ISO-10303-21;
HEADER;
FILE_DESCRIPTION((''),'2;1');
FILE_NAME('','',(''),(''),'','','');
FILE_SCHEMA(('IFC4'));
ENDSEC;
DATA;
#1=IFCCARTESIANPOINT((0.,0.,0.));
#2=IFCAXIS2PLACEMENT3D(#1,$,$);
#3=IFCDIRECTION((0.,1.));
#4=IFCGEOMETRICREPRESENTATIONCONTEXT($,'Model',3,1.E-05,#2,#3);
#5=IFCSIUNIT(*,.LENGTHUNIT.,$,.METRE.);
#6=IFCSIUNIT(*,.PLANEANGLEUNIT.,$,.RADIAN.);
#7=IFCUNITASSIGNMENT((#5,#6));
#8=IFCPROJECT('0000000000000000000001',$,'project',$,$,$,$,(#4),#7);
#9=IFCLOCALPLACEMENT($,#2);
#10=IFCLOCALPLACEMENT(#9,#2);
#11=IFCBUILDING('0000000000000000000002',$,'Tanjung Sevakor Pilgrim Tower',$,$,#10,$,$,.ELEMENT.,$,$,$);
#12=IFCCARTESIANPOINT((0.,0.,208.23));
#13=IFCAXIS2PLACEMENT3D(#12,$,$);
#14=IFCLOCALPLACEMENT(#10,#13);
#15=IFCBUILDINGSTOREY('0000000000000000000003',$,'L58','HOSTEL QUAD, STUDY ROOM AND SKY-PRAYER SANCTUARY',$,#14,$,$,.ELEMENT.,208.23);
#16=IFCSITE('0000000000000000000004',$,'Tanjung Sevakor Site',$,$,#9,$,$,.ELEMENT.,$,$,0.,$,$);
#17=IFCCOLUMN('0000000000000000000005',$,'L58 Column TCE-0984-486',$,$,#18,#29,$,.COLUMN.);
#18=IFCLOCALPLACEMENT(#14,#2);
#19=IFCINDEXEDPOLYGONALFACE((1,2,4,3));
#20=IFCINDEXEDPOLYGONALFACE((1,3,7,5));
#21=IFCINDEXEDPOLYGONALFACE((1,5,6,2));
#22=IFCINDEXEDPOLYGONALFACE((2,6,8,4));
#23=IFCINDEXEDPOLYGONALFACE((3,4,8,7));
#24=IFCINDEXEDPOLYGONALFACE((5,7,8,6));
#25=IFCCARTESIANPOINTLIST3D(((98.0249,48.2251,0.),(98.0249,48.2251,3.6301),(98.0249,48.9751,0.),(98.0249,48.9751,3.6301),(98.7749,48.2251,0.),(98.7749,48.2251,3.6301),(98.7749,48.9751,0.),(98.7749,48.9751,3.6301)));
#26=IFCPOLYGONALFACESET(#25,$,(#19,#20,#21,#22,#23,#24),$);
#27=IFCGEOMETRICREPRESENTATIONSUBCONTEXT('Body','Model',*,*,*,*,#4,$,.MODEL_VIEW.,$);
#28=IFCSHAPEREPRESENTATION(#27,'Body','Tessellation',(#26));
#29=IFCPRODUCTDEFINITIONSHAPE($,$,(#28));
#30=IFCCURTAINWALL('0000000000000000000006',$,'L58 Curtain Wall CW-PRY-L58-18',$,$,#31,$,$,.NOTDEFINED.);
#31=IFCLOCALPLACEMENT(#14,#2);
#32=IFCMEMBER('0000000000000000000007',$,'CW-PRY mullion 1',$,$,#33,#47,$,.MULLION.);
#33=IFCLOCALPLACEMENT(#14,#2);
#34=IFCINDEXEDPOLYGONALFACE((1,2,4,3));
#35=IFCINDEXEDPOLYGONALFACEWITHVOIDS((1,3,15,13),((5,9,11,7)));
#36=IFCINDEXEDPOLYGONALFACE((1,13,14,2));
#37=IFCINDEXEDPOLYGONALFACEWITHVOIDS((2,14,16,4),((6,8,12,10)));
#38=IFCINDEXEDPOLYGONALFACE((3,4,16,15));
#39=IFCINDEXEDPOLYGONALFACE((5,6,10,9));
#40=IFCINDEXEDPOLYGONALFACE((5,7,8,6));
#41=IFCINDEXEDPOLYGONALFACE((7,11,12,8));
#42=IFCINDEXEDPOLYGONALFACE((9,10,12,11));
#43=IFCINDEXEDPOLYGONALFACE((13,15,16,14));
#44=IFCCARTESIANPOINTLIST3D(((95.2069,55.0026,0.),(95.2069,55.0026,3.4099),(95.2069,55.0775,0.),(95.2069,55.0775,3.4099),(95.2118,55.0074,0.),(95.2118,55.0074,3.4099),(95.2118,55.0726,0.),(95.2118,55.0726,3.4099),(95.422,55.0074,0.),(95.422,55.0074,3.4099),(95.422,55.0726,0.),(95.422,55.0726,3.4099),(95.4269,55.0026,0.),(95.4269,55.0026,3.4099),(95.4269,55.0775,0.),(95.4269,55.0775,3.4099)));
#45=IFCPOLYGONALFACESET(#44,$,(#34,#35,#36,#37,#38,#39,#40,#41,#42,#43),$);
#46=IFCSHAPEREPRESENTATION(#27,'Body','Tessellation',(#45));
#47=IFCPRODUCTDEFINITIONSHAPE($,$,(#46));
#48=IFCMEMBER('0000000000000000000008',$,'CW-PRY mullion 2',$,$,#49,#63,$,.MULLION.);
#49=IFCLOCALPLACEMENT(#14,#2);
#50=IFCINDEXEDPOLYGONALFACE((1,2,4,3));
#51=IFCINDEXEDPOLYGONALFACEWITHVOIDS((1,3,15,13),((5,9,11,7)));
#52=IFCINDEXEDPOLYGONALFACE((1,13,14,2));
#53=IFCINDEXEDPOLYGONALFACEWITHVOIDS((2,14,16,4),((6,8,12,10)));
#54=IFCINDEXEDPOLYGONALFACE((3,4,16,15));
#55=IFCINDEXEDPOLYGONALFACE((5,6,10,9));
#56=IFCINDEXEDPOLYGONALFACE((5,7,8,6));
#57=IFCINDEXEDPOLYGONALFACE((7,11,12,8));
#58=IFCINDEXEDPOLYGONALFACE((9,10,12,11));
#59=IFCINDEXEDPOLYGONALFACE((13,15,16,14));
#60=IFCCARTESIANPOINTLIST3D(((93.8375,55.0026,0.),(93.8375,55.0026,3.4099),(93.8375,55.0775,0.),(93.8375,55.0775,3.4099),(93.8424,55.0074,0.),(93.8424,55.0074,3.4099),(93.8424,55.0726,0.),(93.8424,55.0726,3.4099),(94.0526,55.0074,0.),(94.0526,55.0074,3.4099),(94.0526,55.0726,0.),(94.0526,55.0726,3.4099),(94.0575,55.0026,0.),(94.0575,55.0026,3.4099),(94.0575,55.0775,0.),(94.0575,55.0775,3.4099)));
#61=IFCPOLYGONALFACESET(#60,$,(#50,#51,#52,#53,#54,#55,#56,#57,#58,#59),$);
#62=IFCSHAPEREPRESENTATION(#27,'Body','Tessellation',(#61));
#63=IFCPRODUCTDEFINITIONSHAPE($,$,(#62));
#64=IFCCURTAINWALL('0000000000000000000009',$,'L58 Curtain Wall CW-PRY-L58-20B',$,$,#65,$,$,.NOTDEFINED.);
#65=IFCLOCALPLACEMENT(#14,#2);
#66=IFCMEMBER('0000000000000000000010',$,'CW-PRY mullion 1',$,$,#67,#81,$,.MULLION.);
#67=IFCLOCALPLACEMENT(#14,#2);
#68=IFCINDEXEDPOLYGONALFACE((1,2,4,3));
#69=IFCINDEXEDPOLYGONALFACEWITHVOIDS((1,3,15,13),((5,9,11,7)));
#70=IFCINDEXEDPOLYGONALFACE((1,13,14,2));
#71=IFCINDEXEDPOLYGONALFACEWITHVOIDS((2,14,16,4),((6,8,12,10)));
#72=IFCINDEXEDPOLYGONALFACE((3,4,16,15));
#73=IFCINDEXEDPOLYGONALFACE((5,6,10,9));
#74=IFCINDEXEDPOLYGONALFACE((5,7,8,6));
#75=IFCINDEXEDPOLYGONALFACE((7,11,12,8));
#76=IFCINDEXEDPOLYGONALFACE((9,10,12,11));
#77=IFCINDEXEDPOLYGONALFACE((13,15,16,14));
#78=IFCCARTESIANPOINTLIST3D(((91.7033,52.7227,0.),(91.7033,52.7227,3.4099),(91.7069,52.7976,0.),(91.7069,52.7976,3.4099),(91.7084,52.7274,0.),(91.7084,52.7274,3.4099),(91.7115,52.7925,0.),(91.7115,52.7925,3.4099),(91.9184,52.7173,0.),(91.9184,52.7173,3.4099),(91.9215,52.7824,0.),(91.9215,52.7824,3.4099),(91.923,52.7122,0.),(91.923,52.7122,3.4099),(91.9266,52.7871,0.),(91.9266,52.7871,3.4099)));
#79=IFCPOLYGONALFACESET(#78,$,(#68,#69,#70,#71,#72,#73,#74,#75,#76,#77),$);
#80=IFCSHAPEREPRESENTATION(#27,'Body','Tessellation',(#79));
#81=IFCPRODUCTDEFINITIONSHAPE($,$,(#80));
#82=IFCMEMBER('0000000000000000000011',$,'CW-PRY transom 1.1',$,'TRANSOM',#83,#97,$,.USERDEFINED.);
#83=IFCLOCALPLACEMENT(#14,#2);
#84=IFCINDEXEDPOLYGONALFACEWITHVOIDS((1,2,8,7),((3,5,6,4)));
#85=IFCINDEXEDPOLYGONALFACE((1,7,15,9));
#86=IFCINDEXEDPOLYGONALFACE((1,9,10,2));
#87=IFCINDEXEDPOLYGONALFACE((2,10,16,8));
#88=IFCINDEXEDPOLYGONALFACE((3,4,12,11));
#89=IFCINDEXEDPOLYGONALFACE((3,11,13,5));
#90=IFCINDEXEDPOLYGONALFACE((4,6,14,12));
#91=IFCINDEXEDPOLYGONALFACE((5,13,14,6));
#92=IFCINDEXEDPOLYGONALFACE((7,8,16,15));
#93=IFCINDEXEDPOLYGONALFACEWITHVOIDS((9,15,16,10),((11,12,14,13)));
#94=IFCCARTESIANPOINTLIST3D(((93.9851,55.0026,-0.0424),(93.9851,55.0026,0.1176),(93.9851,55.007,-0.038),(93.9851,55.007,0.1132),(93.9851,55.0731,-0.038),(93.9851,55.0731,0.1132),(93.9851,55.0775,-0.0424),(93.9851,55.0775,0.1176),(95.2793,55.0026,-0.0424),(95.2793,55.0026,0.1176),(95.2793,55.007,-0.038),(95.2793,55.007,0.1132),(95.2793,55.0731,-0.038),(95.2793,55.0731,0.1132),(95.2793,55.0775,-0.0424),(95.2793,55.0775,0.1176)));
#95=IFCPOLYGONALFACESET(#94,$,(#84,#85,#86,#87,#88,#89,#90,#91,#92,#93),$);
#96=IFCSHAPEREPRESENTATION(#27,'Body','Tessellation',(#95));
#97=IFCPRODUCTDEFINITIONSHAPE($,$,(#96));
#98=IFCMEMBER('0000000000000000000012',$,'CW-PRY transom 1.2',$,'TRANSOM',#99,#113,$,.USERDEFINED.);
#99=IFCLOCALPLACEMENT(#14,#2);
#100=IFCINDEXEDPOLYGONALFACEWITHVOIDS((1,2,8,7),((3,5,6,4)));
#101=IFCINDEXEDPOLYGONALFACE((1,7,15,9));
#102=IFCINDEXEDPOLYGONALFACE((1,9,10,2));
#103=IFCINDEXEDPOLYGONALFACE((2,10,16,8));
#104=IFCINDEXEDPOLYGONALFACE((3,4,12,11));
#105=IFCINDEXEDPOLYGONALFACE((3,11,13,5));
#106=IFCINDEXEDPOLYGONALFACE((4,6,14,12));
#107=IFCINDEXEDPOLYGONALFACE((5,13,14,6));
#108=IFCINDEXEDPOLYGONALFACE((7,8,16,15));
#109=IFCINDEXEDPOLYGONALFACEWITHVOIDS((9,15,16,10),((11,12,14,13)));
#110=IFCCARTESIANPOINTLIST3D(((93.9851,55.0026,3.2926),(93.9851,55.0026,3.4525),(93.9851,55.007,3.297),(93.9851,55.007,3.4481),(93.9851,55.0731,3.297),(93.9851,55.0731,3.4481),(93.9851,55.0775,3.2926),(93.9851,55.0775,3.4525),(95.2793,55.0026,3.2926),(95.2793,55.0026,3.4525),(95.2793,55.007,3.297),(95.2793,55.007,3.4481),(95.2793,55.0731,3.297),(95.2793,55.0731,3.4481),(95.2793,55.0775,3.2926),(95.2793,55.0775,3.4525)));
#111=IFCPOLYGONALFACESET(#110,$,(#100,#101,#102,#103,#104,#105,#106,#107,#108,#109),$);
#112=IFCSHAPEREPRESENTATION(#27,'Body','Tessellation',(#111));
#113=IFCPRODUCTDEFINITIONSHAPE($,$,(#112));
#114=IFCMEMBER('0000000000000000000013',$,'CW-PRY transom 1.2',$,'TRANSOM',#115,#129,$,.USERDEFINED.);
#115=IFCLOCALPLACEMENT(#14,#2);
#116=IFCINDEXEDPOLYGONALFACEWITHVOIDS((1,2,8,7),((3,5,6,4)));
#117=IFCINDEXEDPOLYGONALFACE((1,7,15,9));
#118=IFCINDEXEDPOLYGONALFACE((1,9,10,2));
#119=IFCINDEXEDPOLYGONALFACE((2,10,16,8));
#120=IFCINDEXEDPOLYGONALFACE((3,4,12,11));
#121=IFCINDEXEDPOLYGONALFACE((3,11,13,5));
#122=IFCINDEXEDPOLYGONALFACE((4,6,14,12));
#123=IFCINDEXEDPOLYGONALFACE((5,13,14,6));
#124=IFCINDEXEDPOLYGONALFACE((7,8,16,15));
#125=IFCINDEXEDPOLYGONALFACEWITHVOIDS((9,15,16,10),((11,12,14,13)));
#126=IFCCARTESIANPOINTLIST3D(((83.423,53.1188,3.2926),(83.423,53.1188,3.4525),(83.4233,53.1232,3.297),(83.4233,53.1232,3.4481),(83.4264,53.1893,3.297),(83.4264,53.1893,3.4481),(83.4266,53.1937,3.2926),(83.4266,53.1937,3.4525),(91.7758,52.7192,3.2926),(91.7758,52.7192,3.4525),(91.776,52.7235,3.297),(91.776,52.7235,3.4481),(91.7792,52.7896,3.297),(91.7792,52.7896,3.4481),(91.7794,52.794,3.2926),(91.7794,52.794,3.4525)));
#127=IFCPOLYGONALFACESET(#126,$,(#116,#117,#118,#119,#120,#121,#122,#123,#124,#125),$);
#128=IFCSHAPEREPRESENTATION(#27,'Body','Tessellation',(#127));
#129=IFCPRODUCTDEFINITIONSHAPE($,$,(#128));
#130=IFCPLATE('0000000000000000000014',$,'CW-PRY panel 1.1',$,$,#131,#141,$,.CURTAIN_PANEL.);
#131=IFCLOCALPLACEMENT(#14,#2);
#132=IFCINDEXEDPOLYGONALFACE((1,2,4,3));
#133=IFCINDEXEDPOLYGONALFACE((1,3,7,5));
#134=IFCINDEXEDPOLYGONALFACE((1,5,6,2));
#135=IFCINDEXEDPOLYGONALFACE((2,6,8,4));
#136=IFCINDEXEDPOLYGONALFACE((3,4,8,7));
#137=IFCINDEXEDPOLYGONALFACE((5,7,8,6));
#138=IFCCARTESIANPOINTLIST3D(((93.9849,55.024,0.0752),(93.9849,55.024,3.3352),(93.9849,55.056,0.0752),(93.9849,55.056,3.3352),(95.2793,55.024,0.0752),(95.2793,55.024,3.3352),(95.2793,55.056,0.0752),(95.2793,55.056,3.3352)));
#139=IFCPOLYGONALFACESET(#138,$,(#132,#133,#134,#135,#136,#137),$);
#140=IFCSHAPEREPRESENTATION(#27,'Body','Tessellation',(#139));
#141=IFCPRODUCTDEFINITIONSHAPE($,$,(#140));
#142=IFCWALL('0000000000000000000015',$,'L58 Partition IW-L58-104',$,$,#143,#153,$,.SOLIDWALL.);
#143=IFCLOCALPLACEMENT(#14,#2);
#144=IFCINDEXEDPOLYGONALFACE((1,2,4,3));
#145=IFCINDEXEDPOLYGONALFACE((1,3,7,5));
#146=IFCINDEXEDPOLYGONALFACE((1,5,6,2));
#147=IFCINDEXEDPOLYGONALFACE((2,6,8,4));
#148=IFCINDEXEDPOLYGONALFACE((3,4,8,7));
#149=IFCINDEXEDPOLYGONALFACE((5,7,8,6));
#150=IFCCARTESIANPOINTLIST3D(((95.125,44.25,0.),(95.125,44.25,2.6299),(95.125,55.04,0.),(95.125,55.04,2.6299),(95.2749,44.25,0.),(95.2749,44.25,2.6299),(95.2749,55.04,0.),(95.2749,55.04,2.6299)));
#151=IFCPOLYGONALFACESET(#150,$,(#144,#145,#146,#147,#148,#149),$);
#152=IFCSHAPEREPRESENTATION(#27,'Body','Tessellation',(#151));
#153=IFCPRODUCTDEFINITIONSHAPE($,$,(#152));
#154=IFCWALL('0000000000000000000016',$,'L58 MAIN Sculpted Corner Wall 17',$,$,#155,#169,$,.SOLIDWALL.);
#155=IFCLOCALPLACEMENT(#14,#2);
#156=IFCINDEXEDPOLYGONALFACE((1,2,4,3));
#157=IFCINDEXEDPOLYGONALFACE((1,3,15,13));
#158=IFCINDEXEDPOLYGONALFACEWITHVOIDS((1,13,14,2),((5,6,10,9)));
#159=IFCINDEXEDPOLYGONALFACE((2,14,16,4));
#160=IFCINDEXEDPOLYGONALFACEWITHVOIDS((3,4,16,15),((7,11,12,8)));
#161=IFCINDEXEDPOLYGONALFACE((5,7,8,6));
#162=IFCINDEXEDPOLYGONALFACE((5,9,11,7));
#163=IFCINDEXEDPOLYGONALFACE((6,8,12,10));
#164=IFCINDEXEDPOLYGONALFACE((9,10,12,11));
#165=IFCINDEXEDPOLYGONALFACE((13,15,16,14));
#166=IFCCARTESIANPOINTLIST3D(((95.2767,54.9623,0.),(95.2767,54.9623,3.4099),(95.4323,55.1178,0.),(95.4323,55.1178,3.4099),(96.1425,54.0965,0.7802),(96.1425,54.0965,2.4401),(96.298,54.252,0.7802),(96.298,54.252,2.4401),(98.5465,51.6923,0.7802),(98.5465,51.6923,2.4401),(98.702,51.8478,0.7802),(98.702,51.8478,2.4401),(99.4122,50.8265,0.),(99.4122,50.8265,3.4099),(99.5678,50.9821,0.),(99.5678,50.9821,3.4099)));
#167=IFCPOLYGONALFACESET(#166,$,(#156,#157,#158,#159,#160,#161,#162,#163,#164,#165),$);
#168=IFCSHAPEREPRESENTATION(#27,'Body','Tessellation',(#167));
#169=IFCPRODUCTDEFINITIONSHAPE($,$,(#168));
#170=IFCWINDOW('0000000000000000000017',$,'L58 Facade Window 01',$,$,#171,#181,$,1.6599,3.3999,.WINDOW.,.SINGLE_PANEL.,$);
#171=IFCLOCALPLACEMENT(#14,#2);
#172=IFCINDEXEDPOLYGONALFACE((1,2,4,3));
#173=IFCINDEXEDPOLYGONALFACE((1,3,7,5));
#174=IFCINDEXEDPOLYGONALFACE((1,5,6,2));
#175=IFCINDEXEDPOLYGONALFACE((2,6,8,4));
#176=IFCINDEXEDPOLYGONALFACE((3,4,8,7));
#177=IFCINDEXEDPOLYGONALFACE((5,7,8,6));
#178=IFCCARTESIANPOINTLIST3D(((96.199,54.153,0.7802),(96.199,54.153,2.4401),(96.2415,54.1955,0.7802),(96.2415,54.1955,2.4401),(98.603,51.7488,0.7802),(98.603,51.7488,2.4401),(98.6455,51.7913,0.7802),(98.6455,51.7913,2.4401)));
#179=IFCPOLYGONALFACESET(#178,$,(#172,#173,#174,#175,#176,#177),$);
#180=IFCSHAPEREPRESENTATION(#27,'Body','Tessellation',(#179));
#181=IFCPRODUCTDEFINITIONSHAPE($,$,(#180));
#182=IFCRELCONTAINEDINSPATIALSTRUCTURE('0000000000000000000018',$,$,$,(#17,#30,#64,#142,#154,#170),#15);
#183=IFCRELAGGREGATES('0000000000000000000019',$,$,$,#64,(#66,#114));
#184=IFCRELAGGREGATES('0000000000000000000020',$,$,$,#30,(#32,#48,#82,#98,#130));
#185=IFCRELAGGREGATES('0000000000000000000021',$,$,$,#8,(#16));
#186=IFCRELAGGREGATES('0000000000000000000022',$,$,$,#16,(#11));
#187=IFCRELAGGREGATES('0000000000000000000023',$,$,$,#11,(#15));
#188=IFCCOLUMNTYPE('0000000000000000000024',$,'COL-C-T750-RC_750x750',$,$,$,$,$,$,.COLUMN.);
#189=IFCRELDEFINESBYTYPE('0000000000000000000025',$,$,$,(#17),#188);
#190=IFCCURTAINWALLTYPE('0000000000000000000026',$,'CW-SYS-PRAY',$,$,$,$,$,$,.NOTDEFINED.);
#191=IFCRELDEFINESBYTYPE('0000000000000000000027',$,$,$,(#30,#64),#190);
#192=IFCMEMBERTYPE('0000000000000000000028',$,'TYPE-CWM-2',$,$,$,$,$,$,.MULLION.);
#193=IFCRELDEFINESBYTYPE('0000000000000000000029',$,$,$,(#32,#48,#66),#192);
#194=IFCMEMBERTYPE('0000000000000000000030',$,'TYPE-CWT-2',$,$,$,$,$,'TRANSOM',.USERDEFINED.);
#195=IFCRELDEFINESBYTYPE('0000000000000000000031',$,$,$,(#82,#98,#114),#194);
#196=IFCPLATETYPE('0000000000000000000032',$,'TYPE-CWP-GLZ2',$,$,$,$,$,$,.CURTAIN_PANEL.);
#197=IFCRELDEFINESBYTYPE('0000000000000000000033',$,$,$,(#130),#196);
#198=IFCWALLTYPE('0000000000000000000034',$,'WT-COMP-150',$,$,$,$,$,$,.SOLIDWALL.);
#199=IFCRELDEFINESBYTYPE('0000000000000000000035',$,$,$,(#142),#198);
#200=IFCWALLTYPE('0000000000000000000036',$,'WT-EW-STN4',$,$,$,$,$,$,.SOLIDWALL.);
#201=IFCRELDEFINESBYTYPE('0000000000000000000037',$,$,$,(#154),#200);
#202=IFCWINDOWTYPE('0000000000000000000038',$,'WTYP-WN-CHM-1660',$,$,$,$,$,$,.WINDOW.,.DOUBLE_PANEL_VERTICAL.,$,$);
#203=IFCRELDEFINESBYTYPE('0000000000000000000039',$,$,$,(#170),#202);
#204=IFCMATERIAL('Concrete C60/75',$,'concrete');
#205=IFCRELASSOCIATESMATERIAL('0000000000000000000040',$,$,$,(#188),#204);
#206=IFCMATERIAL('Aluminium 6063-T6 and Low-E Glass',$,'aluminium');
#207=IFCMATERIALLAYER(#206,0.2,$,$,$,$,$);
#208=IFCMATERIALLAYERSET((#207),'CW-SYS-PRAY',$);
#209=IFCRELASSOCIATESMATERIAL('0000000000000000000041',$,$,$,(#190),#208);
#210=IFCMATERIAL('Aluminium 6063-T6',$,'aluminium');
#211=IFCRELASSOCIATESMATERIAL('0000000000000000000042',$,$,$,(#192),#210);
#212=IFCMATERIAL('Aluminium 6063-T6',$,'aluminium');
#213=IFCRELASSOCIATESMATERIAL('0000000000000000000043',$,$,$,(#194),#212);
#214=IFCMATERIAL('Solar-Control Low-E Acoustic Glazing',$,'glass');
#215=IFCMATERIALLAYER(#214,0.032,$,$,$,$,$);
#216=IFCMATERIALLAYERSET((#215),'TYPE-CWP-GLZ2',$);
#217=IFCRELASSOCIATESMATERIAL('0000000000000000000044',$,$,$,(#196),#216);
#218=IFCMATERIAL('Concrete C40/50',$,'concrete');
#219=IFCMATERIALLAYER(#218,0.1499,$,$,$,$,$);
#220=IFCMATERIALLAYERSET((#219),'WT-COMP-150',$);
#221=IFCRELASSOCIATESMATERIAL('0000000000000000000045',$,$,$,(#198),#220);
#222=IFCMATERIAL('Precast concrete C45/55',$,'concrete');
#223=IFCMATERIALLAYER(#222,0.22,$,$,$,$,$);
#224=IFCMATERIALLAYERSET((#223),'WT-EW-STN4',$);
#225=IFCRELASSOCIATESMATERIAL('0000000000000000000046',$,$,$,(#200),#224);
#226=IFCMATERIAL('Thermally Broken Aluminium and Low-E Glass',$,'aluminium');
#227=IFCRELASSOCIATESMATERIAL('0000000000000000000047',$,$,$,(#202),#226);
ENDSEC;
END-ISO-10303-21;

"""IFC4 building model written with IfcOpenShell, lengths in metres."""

from ifc_helpers import new_model, si_unit, direction, frame, frame_2d, origin, origin_2d, place, context, subcontext, project, spatial, rectangle, hollow_rectangle, extrude, material, layer, layer_set, material_profile, profile_set, type_object, element, fill, aggregate, save


model = new_model("IFC4")

# Units and contexts
model_context = context("Model", 3, precision=1e-05, world=origin(), true_north=direction((0.0, 1.0)))
body_context = subcontext(model_context, "Body", "Model", "MODEL_VIEW")
ifc_project = project(units=[si_unit("LENGTHUNIT", "METRE"), si_unit("PLANEANGLEUNIT", "RADIAN")], contexts=[model_context])

# Site, building, storey
site_placement = place(None, origin())
site = spatial("IfcSite", under=ifc_project, at=site_placement, Name="Tanjung Sevakor Site", CompositionType="ELEMENT", RefElevation=0.0)
building_placement = place(site_placement, origin())
building = spatial("IfcBuilding", under=site, at=building_placement, Name="Tanjung Sevakor Pilgrim Tower", CompositionType="ELEMENT")
storey_placement = place(building_placement, frame((0.0, 0.0, 208.23)))
storey = spatial("IfcBuildingStorey", under=building, at=storey_placement, Name="L58", Description="HOSTEL QUAD, STUDY ROOM AND SKY-PRAYER SANCTUARY", CompositionType="ELEMENT", Elevation=208.23)

# Column
ifc_material_1 = material(Name="Concrete C60/75", Category="concrete")
ifc_material_profile_1 = material_profile(ifc_material_1, rectangle(XDim=0.75, YDim=0.75, at=origin_2d()))
ifc_profile_set_1 = profile_set([ifc_material_profile_1], Name="Concrete C60/75")
column_type = type_object("IfcColumnType", Name="COL-C-T750-RC_750x750", PredefinedType="COLUMN", material=ifc_profile_set_1)
column_placement = place(storey_placement, frame((98.3999, 48.6001, 0.0), z_axis=(0.0, 0.0, 1.0), x_axis=(1.0, 0.0, 0.0)))
element("IfcColumn", 1, at=column_placement, inside=storey, type_object=column_type, Name="L58 Column TCE-0984-486", PredefinedType="COLUMN", context=body_context, shape_type="SweptSolid", body=[
    extrude(rectangle(XDim=0.75, YDim=0.75, at=origin_2d()), origin(), (0.0, 0.0, 1.0), 3.6301),
])

# Curtain wall, members
ifc_material_2 = material(Name="Aluminium 6063-T6 and Low-E Glass", Category="aluminium")
ifc_layer_1 = layer(ifc_material_2, 0.2)
ifc_layer_set_1 = layer_set([ifc_layer_1], Name="CW-SYS-PRAY")
curtain_wall_type = type_object("IfcCurtainWallType", Name="CW-SYS-PRAY", PredefinedType="NOTDEFINED", material=ifc_layer_set_1)
curtain_wall_1_placement = place(storey_placement, origin())
curtain_wall_1 = element("IfcCurtainWall", 2, at=curtain_wall_1_placement, inside=storey, type_object=curtain_wall_type, Name="L58 Curtain Wall CW-PRY-L58-18", PredefinedType="NOTDEFINED")
ifc_material_3 = material(Name="Aluminium 6063-T6", Category="aluminium")
ifc_material_profile_2 = material_profile(ifc_material_3, hollow_rectangle(XDim=0.075, YDim=0.22, WallThickness=0.0049, at=origin_2d()))
ifc_profile_set_2 = profile_set([ifc_material_profile_2], Name="Aluminium 6063-T6")
member_type_1 = type_object("IfcMemberType", Name="TYPE-CWM-2", PredefinedType="MULLION", material=ifc_profile_set_2)
member_1_placement = place(storey_placement, frame((95.3169, 55.04, 0.0), z_axis=(0.0, 0.0, 1.0), x_axis=(0.0, -1.0, 0.0)))
member_1 = element("IfcMember", 3, at=member_1_placement, type_object=member_type_1, Name="CW-PRY mullion 1", PredefinedType="MULLION", context=body_context, shape_type="SweptSolid", body=[
    extrude(hollow_rectangle(XDim=0.075, YDim=0.22, WallThickness=0.0049, at=origin_2d()), origin(), (0.0, 0.0, 1.0), 3.4099),
])
member_2_placement = place(storey_placement, frame((93.9475, 55.04, 0.0), z_axis=(0.0, 0.0, 1.0), x_axis=(0.0, -1.0, 0.0)))
member_2 = element("IfcMember", 4, at=member_2_placement, type_object=member_type_1, Name="CW-PRY mullion 2", PredefinedType="MULLION", context=body_context, shape_type="SweptSolid", body=[
    extrude(hollow_rectangle(XDim=0.075, YDim=0.22, WallThickness=0.0049, at=origin_2d()), origin(), (0.0, 0.0, 1.0), 3.4099),
])

# Curtain wall, member
curtain_wall_2_placement = place(storey_placement, origin())
curtain_wall_2 = element("IfcCurtainWall", 5, at=curtain_wall_2_placement, inside=storey, type_object=curtain_wall_type, Name="L58 Curtain Wall CW-PRY-L58-20B", PredefinedType="NOTDEFINED")
member_3_placement = place(storey_placement, frame((91.8149, 52.7549, 0.0), z_axis=(0.0, 0.0, 1.0), x_axis=(-0.047791, -0.998857, 0.0)))
member_3 = element("IfcMember", 6, at=member_3_placement, type_object=member_type_1, Name="CW-PRY mullion 1", PredefinedType="MULLION", context=body_context, shape_type="SweptSolid", body=[
    extrude(hollow_rectangle(XDim=0.075, YDim=0.22, WallThickness=0.0049, at=origin_2d()), origin(), (0.0, 0.0, 1.0), 3.4099),
])

# Members
ifc_material_4 = material(Name="Aluminium 6063-T6", Category="aluminium")
ifc_material_profile_3 = material_profile(ifc_material_4, hollow_rectangle(XDim=0.075, YDim=0.1599, WallThickness=0.0044, at=origin_2d()))
ifc_profile_set_3 = profile_set([ifc_material_profile_3], Name="Aluminium 6063-T6")
member_type_2 = type_object("IfcMemberType", Name="TYPE-CWT-2", ElementType="TRANSOM", PredefinedType="USERDEFINED", material=ifc_profile_set_3)
member_4_placement = place(storey_placement, frame((95.2793, 55.04, 0.0376), z_axis=(-1.0, 0.0, 0.0), x_axis=(0.0, -1.0, 0.0)))
member_4 = element("IfcMember", 7, at=member_4_placement, type_object=member_type_2, Name="CW-PRY transom 1.1", ObjectType="TRANSOM", PredefinedType="USERDEFINED", context=body_context, shape_type="SweptSolid", body=[
    extrude(hollow_rectangle(XDim=0.075, YDim=0.1599, WallThickness=0.0044, at=origin_2d()), origin(), (0.0, 0.0, 1.0), 1.2942),
])
member_5_placement = place(storey_placement, frame((95.2793, 55.04, 3.3726), z_axis=(-1.0, 0.0, 0.0), x_axis=(0.0, -1.0, 0.0)))
member_5 = element("IfcMember", 8, at=member_5_placement, type_object=member_type_2, Name="CW-PRY transom 1.2", ObjectType="TRANSOM", PredefinedType="USERDEFINED", context=body_context, shape_type="SweptSolid", body=[
    extrude(hollow_rectangle(XDim=0.075, YDim=0.1599, WallThickness=0.0044, at=origin_2d()), origin(), (0.0, 0.0, 1.0), 1.2942),
])
member_6_placement = place(storey_placement, frame((91.7776, 52.7566, 3.3726), z_axis=(-0.998857, 0.047793, 0.0), x_axis=(-0.047793, -0.998857, 0.0)))
member_6 = element("IfcMember", 9, at=member_6_placement, type_object=member_type_2, Name="CW-PRY transom 1.2", ObjectType="TRANSOM", PredefinedType="USERDEFINED", context=body_context, shape_type="SweptSolid", body=[
    extrude(hollow_rectangle(XDim=0.075, YDim=0.1599, WallThickness=0.0044, at=origin_2d()), origin(), (0.0, 0.0, 1.0), 8.3623),
])
aggregate(curtain_wall_2, [member_3, member_6])

# Plate
ifc_material_5 = material(Name="Solar-Control Low-E Acoustic Glazing", Category="glass")
ifc_layer_2 = layer(ifc_material_5, 0.032)
ifc_layer_set_2 = layer_set([ifc_layer_2], Name="TYPE-CWP-GLZ2")
plate_type = type_object("IfcPlateType", Name="TYPE-CWP-GLZ2", PredefinedType="CURTAIN_PANEL", material=ifc_layer_set_2)
plate_placement = place(storey_placement, frame((94.6321, 55.04, 0.0752), z_axis=(0.0, 0.0, 1.0), x_axis=(-1.0, 0.0, 0.0)))
plate = element("IfcPlate", 10, at=plate_placement, type_object=plate_type, Name="CW-PRY panel 1.1", PredefinedType="CURTAIN_PANEL", context=body_context, shape_type="SweptSolid", body=[
    extrude(rectangle(XDim=1.2944, YDim=0.032, at=origin_2d()), origin(), (0.0, 0.0, 1.0), 3.26),
])
aggregate(curtain_wall_1, [member_1, member_2, member_4, member_5, plate])

# Wall
ifc_material_6 = material(Name="Concrete C40/50", Category="concrete")
ifc_layer_3 = layer(ifc_material_6, 0.1499)
ifc_layer_set_3 = layer_set([ifc_layer_3], Name="WT-COMP-150")
wall_type_1 = type_object("IfcWallType", Name="WT-COMP-150", PredefinedType="SOLIDWALL", material=ifc_layer_set_3)
wall_1_placement = place(storey_placement, frame((95.2, 44.25, 0.0), z_axis=(0.0, 0.0, 1.0), x_axis=(0.0, 1.0, 0.0)))
element("IfcWall", 11, at=wall_1_placement, inside=storey, type_object=wall_type_1, Name="L58 Partition IW-L58-104", PredefinedType="SOLIDWALL", context=body_context, shape_type="SweptSolid", body=[
    extrude(rectangle(XDim=10.79, YDim=0.1499, at=frame_2d((5.395, 0.0))), origin(), (0.0, 0.0, 1.0), 2.6299),
])

# Wall, opening, window
ifc_material_7 = material(Name="Precast concrete C45/55", Category="concrete")
ifc_layer_4 = layer(ifc_material_7, 0.22)
ifc_layer_set_4 = layer_set([ifc_layer_4], Name="WT-EW-STN4")
wall_type_2 = type_object("IfcWallType", Name="WT-EW-STN4", PredefinedType="SOLIDWALL", material=ifc_layer_set_4)
wall_2_placement = place(storey_placement, frame((99.49, 50.9043, 0.0), z_axis=(0.0, 0.0, 1.0), x_axis=(-0.707086, 0.707128, 0.0)))
wall_2 = element("IfcWall", 12, at=wall_2_placement, inside=storey, type_object=wall_type_2, Name="L58 MAIN Sculpted Corner Wall 17", PredefinedType="SOLIDWALL", context=body_context, shape_type="SweptSolid", body=[
    extrude(rectangle(XDim=5.8486, YDim=0.22, at=frame_2d((2.9243, 0.0))), origin(), (0.0, 0.0, 1.0), 3.4099),
])
opening_1_placement = place(wall_2_placement, frame((1.2244, 0.0, 0.78)))
opening_1 = element("IfcOpeningElement", 13, at=opening_1_placement, cuts=wall_2, PredefinedType="OPENING", context=body_context, shape_type="SweptSolid", body=[
    extrude(rectangle(XDim=3.3999, YDim=1.6599, at=frame_2d((1.7, 0.8301))), frame((0.0, 0.1199, 0.0), z_axis=(0.0, -1.0, 0.0), x_axis=(1.0, 0.0, 0.0)), (0.0, 0.0, 1.0), 0.24),
])
ifc_material_8 = material(Name="Thermally Broken Aluminium and Low-E Glass", Category="aluminium")
window_type_1 = type_object("IfcWindowType", Name="WTYP-WN-CHM-1660", PartitioningType="DOUBLE_PANEL_VERTICAL", PredefinedType="WINDOW", material=ifc_material_8)
window_1_placement = place(opening_1_placement, origin())
window_1 = element("IfcWindow", 14, at=window_1_placement, inside=storey, type_object=window_type_1, Name="L58 Facade Window 01", OverallHeight=1.6599, OverallWidth=3.3999, PartitioningType="SINGLE_PANEL", PredefinedType="WINDOW", context=body_context, shape_type="SweptSolid", body=[
    extrude(rectangle(XDim=3.3999, YDim=1.6599, at=frame_2d((1.7, 0.8301))), frame((0.0, 0.03, 0.0), z_axis=(0.0, -1.0, 0.0), x_axis=(1.0, 0.0, 0.0)), (0.0, 0.0, 1.0), 0.0601),
])
fill(opening_1, window_1)

save(model, "model.ifc")
